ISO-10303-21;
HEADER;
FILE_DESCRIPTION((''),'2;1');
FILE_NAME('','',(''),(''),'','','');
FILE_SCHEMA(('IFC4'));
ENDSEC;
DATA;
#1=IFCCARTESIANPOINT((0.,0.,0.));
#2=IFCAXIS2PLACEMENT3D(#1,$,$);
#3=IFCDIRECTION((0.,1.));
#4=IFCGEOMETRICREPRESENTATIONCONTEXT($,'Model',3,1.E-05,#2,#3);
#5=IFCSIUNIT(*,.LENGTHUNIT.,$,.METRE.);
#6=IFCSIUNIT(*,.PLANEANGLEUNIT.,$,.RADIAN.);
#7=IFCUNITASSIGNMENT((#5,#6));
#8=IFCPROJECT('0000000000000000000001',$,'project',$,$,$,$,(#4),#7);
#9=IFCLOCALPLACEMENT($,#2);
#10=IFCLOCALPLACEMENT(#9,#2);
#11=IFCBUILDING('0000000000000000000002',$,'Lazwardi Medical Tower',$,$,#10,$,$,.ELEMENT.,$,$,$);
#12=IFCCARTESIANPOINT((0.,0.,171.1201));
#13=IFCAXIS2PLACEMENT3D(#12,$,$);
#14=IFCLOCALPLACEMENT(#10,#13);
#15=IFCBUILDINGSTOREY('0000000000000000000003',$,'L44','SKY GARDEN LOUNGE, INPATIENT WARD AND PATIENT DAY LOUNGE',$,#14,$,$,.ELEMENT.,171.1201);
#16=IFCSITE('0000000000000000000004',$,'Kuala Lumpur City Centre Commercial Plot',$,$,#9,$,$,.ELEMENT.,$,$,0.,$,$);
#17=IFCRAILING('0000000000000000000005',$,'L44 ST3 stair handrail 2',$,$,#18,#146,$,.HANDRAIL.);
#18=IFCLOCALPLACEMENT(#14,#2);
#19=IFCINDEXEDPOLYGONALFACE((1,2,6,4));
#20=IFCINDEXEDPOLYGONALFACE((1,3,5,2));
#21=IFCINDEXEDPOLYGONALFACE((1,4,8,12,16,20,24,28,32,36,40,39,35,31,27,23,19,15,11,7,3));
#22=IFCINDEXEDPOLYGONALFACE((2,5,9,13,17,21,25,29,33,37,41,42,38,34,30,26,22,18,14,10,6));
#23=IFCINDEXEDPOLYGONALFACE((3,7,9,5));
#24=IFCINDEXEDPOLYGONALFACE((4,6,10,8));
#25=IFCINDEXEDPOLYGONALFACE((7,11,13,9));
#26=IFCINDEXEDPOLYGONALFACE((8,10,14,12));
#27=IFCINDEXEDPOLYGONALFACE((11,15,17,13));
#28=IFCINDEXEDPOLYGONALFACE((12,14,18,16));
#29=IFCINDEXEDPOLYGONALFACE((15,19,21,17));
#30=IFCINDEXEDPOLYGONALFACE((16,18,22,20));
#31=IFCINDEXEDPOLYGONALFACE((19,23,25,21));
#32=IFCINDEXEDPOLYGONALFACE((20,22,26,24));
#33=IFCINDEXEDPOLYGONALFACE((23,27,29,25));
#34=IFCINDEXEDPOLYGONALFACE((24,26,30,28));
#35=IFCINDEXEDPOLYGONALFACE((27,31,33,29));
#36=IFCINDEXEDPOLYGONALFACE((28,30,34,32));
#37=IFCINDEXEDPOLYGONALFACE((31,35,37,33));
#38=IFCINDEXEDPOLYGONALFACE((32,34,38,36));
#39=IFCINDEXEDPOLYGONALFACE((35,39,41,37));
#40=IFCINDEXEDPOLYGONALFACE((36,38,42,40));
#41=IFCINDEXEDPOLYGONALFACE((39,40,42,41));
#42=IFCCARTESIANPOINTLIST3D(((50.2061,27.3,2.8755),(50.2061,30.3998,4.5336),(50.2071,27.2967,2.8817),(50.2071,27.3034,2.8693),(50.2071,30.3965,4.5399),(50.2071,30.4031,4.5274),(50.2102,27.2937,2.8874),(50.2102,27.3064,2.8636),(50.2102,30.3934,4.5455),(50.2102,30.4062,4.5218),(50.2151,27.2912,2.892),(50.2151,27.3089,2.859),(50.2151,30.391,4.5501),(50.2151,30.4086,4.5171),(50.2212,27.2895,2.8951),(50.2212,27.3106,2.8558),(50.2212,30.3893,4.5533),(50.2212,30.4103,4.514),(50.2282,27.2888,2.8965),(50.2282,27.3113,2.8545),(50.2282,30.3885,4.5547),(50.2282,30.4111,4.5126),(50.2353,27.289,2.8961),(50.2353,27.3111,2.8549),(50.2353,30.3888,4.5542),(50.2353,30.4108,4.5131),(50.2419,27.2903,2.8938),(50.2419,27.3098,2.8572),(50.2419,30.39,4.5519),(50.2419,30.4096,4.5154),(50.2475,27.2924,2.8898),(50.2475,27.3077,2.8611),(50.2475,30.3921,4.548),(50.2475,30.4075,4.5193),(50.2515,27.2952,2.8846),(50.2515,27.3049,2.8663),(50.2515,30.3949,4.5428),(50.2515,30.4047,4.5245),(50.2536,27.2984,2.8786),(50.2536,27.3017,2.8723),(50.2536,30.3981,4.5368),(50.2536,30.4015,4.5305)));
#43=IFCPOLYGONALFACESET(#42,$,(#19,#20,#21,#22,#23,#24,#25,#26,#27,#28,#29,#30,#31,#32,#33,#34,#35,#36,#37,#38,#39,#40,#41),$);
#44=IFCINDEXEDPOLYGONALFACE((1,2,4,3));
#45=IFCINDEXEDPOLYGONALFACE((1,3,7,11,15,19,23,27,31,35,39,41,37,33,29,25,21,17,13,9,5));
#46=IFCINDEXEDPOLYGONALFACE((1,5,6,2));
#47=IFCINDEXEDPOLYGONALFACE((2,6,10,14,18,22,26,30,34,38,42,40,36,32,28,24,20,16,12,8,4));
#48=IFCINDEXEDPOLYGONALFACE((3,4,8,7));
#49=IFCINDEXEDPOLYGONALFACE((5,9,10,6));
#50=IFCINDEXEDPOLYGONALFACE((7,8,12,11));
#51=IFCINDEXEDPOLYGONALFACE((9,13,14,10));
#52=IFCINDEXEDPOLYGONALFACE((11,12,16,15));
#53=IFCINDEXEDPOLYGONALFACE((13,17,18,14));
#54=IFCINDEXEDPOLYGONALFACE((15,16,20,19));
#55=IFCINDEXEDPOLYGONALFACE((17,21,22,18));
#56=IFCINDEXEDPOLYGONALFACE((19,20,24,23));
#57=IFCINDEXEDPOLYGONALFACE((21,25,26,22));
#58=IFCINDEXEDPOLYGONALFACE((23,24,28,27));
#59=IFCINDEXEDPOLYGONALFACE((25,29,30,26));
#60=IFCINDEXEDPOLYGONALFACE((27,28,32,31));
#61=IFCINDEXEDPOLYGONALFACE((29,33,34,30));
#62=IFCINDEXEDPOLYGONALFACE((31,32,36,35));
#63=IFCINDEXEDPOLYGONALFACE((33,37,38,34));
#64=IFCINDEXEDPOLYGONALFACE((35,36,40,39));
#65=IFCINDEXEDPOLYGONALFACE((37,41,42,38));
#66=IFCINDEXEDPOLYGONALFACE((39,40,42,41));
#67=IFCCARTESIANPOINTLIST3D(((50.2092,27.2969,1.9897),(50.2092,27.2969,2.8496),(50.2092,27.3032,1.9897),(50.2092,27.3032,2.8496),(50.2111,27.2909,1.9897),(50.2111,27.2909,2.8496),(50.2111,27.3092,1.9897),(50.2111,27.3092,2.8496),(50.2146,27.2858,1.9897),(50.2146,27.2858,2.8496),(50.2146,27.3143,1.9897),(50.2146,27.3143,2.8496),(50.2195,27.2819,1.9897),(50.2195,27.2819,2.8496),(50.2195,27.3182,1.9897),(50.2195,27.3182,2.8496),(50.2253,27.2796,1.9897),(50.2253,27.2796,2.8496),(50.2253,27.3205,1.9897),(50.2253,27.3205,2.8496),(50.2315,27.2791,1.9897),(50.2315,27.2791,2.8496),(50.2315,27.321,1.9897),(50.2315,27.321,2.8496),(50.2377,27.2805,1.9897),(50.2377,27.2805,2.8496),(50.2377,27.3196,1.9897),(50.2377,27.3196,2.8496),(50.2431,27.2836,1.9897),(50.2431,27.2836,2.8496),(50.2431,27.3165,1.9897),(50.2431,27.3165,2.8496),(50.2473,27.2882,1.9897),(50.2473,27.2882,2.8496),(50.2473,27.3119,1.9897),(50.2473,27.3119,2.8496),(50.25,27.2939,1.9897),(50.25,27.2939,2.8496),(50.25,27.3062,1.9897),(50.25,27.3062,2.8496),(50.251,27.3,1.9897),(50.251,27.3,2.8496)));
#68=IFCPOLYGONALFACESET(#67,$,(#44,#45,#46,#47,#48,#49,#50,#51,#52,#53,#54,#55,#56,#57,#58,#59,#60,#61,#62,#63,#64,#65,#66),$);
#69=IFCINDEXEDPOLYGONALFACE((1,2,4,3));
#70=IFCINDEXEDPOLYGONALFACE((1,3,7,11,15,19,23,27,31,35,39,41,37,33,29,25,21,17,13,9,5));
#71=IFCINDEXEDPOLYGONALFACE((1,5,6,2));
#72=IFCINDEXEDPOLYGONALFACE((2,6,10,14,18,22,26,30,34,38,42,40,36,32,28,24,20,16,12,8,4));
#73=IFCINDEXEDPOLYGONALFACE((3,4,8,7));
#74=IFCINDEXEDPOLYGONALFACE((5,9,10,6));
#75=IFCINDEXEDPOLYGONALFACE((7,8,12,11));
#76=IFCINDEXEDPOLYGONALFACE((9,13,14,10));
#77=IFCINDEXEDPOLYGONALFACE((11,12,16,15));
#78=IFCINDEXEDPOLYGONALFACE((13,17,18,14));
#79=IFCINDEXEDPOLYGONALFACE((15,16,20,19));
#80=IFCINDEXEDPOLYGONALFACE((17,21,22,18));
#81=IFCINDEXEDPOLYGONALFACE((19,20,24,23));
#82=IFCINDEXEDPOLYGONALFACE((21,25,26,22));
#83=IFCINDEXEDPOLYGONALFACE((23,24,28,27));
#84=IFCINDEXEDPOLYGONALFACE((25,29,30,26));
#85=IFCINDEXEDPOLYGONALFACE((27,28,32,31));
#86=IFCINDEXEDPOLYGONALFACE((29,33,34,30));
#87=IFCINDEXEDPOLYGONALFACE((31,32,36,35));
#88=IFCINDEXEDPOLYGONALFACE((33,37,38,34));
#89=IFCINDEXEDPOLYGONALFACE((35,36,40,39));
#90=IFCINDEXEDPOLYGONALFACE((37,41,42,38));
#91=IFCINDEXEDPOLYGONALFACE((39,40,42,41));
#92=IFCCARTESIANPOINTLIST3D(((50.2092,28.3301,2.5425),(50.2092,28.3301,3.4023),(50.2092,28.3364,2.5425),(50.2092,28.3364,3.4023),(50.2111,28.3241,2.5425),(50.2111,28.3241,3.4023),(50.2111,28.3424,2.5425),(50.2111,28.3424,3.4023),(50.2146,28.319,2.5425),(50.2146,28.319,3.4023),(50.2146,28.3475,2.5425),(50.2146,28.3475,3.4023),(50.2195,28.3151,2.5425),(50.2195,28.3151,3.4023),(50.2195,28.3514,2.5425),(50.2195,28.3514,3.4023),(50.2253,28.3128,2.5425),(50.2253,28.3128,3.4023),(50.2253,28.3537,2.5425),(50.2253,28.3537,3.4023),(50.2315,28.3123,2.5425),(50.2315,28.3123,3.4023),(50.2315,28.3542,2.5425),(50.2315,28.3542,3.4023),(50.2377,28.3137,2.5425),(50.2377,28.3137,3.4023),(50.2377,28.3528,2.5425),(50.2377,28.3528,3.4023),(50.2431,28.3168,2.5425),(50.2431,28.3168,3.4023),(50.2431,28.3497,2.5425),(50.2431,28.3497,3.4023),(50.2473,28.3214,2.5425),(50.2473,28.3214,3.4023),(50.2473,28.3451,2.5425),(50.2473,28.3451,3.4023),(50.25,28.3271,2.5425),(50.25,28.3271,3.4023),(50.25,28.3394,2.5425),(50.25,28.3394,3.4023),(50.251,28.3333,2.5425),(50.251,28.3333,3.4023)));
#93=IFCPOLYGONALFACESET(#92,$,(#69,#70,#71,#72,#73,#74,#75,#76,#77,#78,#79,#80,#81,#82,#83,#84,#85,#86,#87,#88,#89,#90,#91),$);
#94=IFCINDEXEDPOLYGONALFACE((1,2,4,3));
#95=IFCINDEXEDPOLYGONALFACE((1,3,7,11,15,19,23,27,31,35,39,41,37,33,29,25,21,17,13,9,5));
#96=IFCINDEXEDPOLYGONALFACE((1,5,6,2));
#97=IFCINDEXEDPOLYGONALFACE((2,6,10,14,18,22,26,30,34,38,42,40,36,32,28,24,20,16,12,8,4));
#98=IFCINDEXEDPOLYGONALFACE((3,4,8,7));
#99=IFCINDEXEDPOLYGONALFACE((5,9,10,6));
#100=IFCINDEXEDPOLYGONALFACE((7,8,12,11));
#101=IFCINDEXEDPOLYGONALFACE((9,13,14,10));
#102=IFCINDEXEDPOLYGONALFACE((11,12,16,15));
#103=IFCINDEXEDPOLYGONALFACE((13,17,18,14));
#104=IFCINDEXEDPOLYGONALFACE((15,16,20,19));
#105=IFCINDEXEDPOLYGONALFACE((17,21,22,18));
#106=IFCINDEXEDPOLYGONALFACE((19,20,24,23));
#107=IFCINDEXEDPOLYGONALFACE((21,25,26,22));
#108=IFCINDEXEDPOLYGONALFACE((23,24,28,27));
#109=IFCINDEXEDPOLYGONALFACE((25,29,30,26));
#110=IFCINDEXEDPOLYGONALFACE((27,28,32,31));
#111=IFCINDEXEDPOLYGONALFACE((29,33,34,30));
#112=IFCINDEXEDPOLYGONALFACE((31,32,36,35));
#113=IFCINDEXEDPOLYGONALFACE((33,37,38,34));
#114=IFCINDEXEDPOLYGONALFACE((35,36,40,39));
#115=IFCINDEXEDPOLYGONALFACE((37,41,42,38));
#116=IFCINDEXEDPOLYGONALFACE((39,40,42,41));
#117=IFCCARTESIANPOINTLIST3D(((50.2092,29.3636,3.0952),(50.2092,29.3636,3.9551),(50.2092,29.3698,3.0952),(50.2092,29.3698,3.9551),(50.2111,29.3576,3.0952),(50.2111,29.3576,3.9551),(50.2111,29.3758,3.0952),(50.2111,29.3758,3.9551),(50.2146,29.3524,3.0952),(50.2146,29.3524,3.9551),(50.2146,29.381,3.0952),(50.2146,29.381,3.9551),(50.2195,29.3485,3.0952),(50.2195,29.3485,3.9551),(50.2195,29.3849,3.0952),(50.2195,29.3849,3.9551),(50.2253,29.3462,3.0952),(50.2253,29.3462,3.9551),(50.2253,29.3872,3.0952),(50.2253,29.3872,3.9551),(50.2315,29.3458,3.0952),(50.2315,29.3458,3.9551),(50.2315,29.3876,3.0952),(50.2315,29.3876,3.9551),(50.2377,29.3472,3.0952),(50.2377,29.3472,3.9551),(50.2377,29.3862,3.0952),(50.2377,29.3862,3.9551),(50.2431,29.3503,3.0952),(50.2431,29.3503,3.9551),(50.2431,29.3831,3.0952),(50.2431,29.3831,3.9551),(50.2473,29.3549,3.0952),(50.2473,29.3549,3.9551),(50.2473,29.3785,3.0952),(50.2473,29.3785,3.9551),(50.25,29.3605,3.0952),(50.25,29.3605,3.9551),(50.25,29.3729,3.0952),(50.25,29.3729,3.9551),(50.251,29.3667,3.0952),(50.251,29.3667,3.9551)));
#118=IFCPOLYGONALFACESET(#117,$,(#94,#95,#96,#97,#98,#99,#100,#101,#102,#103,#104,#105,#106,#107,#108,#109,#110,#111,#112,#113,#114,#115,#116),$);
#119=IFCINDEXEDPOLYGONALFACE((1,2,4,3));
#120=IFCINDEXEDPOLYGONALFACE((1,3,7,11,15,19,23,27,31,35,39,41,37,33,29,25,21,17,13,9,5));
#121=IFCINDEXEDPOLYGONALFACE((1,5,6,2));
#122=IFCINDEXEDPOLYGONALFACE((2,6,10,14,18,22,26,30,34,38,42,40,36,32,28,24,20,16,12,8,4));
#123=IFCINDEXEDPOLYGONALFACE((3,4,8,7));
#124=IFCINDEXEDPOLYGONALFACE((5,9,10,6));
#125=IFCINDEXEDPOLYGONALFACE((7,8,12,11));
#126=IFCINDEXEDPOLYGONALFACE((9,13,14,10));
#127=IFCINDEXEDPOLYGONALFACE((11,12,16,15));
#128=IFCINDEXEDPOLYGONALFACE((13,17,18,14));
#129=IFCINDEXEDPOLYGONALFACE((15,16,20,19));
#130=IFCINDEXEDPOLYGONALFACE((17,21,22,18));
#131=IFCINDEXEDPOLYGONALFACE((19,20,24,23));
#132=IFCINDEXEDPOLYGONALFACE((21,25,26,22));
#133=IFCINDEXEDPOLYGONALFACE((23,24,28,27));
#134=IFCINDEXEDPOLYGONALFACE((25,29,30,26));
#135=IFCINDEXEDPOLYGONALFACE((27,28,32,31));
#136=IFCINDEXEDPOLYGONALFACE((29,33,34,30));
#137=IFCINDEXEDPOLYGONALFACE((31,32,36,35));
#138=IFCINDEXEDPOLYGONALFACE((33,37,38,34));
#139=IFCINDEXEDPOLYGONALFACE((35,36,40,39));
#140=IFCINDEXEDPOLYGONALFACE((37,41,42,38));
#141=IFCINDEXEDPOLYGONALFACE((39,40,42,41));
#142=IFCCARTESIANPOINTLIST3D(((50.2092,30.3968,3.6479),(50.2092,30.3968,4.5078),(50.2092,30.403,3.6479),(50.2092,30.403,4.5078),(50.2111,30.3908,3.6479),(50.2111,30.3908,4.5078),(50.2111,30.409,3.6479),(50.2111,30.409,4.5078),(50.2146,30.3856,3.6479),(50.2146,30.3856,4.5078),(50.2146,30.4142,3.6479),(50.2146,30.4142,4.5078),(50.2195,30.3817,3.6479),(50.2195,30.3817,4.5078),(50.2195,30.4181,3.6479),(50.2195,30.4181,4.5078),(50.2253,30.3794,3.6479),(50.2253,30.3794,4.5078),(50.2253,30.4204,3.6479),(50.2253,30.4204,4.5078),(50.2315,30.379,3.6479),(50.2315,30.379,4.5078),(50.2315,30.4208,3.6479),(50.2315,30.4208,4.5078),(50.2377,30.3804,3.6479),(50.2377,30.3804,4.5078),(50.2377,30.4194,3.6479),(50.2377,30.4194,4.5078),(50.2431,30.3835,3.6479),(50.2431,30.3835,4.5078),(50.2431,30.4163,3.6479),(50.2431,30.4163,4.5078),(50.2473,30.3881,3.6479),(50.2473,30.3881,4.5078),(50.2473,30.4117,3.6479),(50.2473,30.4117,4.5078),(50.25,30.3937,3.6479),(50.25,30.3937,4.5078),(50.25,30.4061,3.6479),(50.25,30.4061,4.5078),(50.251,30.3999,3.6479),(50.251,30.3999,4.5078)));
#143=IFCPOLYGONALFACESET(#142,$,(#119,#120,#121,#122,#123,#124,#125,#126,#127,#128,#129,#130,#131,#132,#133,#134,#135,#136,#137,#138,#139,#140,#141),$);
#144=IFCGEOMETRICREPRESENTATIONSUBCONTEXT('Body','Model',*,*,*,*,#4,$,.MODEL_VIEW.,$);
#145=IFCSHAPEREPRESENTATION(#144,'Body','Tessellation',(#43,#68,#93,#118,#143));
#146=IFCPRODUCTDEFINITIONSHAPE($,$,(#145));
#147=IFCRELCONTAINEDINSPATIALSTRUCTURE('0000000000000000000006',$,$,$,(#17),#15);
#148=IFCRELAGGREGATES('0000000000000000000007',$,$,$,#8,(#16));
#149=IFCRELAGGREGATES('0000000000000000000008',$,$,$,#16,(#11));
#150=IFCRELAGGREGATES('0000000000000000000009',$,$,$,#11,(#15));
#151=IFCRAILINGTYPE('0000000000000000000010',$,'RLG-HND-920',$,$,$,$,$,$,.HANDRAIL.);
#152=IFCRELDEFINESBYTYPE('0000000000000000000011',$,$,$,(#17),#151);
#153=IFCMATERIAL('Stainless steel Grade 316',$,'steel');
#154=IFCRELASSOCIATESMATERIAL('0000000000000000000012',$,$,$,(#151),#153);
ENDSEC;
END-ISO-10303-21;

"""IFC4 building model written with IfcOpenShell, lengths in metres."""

from ifc_helpers import new_model, si_unit, direction, frame, origin, origin_2d, place, context, subcontext, project, spatial, circle, extrude, material, type_object, element, save


model = new_model("IFC4")

# Units and contexts
model_context = context("Model", 3, precision=1e-05, world=origin(), true_north=direction((0.0, 1.0)))
body_context = subcontext(model_context, "Body", "Model", "MODEL_VIEW")
ifc_project = project(units=[si_unit("LENGTHUNIT", "METRE"), si_unit("PLANEANGLEUNIT", "RADIAN")], contexts=[model_context])

# Site, building, storey
site_placement = place(None, origin())
site = spatial("IfcSite", under=ifc_project, at=site_placement, Name="Kuala Lumpur City Centre Commercial Plot", CompositionType="ELEMENT", RefElevation=0.0)
building_placement = place(site_placement, origin())
building = spatial("IfcBuilding", under=site, at=building_placement, Name="Lazwardi Medical Tower", CompositionType="ELEMENT")
storey_placement = place(building_placement, frame((0.0, 0.0, 171.1201)))
storey = spatial("IfcBuildingStorey", under=building, at=storey_placement, Name="L44", Description="SKY GARDEN LOUNGE, INPATIENT WARD AND PATIENT DAY LOUNGE", CompositionType="ELEMENT", Elevation=171.1201)

# Railing
ifc_material_1 = material(Name="Stainless steel Grade 316", Category="steel")
railing_type_1 = type_object("IfcRailingType", Name="RLG-HND-920", PredefinedType="HANDRAIL", material=ifc_material_1)
railing_1_placement = place(storey_placement, frame((50.23, 27.3, 1.9897)))
element("IfcRailing", 1, at=railing_1_placement, inside=storey, type_object=railing_type_1, Name="L44 ST3 stair handrail 2", PredefinedType="HANDRAIL", context=body_context, shape_type="SweptSolid", body=[
    extrude(circle(Radius=0.0239, at=origin_2d()), frame((0.0, 0.0, 0.8857), z_axis=(0.0, 0.881768, 0.471684), x_axis=(-1.0, 0.0, 0.0)), (0.0, 0.0, 1.0), 3.5154),
    extrude(circle(Radius=0.021, at=origin_2d()), origin(), (0.0, 0.0, 1.0), 0.8599),
    extrude(circle(Radius=0.021, at=origin_2d()), frame((0.0, 1.0332, 0.5527)), (0.0, 0.0, 1.0), 0.8599),
    extrude(circle(Radius=0.021, at=origin_2d()), frame((0.0, 2.0667, 1.1055)), (0.0, 0.0, 1.0), 0.8599),
    extrude(circle(Radius=0.021, at=origin_2d()), frame((0.0, 3.0999, 1.6582)), (0.0, 0.0, 1.0), 0.8599),
])

save(model, "model.ifc")
